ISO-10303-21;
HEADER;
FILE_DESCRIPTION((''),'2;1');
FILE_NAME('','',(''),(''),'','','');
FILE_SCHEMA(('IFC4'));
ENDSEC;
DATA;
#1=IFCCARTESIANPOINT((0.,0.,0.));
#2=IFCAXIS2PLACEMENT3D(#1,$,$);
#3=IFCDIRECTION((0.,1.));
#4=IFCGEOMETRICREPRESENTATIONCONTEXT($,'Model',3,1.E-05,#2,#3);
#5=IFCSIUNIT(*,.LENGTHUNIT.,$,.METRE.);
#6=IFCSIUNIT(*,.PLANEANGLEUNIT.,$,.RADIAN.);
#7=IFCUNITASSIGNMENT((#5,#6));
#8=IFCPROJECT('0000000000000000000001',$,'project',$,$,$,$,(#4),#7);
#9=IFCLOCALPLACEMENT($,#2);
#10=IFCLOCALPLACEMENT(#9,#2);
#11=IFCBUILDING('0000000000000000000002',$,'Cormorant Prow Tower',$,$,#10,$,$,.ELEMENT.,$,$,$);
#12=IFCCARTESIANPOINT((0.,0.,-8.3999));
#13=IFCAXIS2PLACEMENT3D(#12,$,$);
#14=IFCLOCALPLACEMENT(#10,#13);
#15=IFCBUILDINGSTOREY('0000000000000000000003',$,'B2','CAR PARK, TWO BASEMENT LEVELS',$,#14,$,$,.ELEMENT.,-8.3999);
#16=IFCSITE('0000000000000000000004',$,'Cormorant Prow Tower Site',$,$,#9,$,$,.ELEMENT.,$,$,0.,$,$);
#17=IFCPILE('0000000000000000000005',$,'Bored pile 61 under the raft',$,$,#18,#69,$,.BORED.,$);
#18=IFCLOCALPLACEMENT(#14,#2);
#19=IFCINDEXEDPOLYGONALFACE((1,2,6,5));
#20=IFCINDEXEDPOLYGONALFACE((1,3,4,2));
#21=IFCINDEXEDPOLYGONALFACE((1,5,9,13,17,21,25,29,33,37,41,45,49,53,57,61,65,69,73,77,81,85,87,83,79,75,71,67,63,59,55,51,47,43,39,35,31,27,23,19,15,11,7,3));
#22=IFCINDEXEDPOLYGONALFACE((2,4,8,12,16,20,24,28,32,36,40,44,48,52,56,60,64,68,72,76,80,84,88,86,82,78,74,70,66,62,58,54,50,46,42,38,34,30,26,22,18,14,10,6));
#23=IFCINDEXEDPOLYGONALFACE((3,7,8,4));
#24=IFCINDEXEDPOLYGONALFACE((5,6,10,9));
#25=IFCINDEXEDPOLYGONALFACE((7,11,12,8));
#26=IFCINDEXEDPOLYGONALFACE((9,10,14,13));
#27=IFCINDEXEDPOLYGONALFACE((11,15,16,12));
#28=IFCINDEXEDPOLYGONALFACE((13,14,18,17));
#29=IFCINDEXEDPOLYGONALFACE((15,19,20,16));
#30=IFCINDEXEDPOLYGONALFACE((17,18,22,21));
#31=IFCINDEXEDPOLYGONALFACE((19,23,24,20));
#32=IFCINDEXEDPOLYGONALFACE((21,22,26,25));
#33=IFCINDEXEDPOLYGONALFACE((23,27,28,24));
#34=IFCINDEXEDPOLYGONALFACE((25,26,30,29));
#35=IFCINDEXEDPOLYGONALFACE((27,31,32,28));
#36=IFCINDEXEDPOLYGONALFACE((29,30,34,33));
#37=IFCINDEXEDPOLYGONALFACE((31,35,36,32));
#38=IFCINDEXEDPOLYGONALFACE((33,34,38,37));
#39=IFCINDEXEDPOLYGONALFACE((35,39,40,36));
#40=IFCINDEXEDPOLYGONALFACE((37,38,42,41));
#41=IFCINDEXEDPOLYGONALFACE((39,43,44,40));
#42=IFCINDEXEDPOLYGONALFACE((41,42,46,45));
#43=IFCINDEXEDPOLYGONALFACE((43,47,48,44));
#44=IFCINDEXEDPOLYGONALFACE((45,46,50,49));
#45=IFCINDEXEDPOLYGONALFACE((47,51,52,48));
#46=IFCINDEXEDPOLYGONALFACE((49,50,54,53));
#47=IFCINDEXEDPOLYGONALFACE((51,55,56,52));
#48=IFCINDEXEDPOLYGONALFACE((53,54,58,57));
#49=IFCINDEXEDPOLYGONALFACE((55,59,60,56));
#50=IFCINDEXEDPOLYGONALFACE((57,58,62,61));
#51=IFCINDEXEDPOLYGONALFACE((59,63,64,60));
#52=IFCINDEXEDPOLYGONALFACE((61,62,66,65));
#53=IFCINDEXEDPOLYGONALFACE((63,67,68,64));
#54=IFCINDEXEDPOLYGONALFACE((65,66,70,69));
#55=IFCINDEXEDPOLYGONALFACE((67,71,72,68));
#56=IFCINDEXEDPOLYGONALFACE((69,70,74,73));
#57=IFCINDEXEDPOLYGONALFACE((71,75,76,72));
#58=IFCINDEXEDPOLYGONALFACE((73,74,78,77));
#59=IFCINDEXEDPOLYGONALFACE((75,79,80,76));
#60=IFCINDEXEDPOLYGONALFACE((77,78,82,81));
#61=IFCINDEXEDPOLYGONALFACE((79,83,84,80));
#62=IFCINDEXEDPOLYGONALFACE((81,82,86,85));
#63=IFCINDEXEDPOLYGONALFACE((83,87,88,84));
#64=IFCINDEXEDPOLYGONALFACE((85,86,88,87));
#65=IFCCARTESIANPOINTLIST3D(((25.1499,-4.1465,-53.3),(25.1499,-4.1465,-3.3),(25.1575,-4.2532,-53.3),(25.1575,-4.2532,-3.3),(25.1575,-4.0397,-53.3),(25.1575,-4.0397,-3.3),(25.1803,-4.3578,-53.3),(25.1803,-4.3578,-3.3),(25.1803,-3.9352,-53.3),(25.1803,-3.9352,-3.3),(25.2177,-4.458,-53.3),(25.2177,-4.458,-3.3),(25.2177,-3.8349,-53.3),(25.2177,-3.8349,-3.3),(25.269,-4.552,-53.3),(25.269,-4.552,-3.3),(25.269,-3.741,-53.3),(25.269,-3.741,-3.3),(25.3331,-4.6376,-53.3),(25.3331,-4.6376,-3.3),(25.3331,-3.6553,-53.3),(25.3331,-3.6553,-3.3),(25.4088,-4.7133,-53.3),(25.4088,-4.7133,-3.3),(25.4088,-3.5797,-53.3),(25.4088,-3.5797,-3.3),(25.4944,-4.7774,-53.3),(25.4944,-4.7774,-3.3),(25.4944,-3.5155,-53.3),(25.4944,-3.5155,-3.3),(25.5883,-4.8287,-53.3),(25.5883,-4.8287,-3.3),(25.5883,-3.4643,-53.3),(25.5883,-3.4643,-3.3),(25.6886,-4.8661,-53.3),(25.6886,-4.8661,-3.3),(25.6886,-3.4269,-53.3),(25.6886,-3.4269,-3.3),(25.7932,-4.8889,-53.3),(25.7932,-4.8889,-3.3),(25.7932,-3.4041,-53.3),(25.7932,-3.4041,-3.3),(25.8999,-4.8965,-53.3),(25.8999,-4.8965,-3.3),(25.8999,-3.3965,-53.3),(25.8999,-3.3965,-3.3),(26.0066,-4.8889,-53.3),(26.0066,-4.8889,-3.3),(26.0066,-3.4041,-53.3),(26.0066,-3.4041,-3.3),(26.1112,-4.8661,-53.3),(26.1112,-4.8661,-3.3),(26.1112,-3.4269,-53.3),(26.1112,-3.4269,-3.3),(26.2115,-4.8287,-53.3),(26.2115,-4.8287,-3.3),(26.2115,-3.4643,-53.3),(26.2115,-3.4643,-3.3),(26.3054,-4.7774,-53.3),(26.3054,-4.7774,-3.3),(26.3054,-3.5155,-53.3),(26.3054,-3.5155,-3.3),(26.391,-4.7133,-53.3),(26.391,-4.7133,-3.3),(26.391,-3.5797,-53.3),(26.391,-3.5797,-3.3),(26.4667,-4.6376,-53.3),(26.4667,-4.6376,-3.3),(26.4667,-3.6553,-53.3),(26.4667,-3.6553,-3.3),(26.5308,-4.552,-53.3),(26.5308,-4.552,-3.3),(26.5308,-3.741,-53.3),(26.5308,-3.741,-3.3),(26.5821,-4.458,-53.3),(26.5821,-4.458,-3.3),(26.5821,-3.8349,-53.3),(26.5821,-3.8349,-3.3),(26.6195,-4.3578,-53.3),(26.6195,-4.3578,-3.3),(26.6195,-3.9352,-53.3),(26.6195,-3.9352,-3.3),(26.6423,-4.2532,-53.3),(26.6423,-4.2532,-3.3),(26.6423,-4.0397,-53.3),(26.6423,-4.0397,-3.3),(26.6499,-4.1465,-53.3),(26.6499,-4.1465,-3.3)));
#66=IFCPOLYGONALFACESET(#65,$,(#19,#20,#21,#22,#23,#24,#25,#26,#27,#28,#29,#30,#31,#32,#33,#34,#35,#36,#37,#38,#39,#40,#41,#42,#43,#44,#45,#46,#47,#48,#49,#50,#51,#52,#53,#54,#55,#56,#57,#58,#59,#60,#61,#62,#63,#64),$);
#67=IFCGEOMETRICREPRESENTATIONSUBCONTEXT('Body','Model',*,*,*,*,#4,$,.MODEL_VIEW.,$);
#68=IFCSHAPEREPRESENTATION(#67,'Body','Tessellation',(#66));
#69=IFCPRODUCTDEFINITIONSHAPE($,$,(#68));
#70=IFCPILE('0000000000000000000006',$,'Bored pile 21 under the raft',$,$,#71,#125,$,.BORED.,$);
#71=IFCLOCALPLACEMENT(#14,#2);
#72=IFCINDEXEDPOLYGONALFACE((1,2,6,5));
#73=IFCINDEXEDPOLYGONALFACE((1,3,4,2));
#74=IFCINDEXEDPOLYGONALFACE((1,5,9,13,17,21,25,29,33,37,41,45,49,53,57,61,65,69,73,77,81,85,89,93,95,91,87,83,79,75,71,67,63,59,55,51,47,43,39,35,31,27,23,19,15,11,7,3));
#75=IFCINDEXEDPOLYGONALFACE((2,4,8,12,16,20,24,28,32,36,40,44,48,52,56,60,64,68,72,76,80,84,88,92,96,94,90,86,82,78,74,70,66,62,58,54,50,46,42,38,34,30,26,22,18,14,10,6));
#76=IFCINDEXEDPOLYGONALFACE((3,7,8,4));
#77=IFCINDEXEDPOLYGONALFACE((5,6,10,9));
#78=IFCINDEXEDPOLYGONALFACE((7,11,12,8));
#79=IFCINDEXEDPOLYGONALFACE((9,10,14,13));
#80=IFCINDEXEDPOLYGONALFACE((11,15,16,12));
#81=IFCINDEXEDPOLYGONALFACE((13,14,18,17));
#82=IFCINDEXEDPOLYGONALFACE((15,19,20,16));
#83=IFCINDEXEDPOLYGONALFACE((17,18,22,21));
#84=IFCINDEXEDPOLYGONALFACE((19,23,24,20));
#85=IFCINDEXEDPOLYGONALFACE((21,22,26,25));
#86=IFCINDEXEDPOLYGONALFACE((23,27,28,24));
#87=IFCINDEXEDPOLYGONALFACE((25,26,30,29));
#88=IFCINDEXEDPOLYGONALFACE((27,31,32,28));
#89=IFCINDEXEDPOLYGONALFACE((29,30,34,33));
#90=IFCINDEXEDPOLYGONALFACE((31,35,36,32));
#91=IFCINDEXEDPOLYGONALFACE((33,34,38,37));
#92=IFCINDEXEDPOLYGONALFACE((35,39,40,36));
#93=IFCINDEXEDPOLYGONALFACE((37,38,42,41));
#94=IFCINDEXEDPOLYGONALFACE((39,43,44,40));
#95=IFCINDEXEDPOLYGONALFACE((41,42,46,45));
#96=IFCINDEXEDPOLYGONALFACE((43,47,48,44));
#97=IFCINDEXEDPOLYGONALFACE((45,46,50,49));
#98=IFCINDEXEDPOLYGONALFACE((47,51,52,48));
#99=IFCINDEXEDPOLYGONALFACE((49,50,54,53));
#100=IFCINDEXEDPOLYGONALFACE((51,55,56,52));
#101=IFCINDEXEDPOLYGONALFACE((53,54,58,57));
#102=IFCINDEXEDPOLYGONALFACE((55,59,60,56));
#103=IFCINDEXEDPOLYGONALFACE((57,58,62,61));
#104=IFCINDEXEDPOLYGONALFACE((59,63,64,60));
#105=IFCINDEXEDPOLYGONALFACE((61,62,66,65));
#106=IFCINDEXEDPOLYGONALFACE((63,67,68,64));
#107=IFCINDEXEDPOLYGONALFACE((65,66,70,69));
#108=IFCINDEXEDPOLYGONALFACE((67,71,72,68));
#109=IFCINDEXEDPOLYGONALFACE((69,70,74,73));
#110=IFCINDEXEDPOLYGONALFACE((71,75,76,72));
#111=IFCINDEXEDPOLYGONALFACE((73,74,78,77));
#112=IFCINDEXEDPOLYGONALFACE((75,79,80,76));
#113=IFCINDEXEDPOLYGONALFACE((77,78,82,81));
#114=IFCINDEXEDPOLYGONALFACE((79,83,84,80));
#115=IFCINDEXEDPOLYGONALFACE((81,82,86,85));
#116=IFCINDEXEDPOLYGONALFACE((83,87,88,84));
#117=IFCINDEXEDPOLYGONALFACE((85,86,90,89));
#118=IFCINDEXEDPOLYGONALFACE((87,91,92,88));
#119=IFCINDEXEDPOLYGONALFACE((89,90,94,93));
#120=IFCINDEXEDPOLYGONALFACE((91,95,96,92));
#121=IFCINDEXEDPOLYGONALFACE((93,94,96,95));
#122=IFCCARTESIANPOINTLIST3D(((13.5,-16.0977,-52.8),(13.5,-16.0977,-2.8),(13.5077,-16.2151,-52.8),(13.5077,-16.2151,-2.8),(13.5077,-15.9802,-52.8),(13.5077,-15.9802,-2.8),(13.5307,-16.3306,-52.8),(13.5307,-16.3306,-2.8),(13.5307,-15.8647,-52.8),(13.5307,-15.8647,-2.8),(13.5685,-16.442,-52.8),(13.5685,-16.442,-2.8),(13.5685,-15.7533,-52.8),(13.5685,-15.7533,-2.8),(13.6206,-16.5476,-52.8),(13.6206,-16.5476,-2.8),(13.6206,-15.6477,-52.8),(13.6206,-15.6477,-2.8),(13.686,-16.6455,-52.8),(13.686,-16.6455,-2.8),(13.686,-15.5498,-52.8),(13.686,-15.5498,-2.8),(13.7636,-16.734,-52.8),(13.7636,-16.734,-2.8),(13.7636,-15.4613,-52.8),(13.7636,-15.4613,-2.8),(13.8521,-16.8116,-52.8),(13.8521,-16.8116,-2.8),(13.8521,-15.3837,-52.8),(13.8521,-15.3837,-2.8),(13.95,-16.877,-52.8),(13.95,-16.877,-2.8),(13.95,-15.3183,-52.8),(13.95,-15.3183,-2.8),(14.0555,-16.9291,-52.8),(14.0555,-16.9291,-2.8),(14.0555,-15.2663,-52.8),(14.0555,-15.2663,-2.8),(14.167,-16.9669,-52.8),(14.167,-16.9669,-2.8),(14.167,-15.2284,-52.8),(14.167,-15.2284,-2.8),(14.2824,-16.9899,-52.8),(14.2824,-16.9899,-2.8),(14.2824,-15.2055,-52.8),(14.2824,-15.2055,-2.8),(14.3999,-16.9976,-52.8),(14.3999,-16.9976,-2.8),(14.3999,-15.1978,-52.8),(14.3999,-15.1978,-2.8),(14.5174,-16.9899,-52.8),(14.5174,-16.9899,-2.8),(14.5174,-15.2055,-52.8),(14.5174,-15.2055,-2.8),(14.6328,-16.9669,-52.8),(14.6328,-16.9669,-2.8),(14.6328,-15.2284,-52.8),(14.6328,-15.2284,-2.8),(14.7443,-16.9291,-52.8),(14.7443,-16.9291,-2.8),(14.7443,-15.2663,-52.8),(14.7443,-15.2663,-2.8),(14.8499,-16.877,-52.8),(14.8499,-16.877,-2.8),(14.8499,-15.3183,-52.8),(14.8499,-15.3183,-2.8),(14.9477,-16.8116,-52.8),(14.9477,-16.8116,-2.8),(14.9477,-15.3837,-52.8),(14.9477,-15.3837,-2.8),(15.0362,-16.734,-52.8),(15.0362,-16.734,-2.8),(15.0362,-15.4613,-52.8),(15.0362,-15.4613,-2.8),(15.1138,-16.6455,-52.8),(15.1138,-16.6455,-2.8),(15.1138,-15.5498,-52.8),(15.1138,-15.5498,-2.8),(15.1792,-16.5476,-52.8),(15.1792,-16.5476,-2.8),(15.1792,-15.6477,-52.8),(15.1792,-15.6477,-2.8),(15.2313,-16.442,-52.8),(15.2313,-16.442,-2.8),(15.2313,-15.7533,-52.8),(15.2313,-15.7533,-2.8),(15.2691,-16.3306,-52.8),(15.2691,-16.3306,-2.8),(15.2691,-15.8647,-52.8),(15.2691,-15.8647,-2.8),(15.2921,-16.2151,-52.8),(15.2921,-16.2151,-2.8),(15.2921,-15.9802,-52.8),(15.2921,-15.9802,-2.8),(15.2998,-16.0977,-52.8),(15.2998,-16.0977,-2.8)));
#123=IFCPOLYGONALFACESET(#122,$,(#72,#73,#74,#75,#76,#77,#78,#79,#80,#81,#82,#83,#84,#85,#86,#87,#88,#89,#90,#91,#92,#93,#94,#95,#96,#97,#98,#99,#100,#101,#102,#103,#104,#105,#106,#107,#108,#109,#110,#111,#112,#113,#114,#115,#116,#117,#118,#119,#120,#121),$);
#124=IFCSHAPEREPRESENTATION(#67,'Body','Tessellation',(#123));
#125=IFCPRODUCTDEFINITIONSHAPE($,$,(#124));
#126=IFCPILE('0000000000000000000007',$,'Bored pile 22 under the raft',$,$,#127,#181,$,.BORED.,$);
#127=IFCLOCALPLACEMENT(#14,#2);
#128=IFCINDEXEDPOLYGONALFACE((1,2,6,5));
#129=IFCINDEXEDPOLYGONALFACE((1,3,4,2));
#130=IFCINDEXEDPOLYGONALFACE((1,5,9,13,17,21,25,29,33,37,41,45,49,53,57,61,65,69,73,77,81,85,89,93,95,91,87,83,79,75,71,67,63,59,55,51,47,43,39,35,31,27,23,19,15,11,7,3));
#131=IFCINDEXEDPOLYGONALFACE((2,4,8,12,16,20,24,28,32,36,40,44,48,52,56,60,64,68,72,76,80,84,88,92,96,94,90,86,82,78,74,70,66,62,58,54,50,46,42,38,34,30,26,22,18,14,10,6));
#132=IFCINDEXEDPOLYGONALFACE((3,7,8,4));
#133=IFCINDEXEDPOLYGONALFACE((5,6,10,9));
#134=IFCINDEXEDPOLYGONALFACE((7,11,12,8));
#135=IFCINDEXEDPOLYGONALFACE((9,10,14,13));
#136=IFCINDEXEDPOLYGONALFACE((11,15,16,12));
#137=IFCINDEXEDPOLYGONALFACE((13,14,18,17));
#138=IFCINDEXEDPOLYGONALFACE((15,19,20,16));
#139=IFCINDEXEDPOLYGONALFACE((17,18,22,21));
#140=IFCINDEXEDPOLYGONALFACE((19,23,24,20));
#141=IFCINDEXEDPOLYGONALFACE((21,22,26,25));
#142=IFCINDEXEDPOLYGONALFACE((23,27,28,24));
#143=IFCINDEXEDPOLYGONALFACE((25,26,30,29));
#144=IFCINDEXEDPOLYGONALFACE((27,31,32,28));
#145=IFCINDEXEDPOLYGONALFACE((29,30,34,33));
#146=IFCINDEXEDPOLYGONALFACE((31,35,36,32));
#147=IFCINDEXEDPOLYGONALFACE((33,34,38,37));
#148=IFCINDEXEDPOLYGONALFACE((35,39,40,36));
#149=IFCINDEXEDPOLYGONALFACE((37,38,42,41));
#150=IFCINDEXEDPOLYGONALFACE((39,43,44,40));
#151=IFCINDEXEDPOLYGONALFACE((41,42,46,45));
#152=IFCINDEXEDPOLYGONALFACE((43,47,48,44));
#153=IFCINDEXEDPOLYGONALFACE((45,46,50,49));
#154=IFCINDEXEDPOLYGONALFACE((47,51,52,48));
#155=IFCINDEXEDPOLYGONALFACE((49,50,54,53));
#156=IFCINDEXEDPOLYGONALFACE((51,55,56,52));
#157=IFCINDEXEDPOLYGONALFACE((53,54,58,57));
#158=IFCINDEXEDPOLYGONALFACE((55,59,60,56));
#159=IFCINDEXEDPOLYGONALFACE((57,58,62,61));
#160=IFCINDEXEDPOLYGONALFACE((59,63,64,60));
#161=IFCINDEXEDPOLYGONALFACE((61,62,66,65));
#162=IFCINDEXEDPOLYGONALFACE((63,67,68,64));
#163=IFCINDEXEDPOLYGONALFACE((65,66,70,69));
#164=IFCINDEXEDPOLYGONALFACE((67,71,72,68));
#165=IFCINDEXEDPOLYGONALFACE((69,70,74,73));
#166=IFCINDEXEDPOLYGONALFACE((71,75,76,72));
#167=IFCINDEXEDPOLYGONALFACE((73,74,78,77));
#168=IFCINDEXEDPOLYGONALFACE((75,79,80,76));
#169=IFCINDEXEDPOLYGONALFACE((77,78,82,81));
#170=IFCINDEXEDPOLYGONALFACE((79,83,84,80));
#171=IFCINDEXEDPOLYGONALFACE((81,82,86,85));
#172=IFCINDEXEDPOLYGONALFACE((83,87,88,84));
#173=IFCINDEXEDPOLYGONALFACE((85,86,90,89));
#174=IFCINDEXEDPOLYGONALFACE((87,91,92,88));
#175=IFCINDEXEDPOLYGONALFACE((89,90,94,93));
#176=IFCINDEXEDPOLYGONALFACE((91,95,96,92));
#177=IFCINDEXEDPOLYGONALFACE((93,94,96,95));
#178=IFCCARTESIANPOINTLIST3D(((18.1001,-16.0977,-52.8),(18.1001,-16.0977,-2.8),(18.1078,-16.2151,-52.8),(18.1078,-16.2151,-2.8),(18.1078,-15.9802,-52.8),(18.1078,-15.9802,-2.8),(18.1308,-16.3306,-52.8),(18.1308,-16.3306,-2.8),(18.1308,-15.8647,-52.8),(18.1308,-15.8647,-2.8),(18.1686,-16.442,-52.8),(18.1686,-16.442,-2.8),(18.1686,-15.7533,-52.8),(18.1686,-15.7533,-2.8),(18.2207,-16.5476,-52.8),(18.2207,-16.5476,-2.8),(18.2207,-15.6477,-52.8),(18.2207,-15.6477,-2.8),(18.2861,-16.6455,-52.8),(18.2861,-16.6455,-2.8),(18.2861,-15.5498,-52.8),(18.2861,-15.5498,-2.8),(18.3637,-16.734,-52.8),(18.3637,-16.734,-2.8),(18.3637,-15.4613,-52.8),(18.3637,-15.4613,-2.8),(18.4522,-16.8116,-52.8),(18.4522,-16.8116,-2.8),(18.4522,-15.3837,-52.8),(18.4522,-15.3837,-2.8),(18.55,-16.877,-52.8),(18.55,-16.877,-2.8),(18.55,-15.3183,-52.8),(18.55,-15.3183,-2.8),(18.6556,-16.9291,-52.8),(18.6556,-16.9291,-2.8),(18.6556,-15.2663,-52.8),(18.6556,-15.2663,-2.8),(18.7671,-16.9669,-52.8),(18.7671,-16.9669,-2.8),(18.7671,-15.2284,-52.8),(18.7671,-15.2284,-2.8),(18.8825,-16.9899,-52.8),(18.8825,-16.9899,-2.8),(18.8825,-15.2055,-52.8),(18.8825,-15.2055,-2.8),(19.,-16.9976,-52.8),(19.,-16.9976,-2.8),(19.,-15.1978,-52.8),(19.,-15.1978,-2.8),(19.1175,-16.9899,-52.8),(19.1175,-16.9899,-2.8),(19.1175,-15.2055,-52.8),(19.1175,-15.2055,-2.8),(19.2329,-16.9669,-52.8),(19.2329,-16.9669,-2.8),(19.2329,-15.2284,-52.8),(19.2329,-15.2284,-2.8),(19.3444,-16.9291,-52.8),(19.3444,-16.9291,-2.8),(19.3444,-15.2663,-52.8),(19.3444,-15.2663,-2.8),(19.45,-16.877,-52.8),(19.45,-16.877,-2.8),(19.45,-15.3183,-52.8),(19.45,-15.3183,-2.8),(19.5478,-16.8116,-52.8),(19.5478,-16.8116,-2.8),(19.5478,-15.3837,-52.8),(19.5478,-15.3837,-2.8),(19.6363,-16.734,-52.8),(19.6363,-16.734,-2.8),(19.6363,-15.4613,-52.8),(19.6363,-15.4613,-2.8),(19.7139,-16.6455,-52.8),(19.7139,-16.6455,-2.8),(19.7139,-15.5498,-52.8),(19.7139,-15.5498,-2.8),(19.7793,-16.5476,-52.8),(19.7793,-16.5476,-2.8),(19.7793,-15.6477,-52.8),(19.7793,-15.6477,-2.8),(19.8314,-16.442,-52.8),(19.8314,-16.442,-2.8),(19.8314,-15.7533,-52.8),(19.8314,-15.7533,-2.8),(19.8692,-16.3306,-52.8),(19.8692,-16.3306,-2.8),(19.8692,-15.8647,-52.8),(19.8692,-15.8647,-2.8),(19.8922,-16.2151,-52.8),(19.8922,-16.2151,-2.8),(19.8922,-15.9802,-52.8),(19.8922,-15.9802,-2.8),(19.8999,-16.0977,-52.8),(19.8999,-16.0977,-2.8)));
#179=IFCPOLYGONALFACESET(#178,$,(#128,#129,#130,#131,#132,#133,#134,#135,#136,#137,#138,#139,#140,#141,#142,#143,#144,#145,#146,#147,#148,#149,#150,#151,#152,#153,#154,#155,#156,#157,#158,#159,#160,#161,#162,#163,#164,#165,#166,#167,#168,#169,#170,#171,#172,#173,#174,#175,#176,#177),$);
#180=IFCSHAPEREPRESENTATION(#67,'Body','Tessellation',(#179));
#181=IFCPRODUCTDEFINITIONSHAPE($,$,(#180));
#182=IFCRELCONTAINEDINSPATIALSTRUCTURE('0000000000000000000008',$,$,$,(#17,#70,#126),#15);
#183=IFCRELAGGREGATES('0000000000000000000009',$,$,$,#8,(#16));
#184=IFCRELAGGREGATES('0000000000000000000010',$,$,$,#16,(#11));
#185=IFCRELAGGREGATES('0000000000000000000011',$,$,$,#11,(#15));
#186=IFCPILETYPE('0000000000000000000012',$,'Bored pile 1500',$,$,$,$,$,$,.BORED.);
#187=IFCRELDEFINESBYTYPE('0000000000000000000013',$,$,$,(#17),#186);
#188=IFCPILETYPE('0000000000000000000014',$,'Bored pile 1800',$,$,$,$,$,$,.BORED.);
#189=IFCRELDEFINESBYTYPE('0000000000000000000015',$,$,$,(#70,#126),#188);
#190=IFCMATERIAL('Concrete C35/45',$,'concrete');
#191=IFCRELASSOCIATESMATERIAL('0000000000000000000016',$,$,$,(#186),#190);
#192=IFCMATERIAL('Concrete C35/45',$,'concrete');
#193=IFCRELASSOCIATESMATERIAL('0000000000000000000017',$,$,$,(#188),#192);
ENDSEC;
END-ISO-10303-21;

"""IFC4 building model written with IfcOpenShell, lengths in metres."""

from ifc_helpers import new_model, si_unit, direction, frame, origin, origin_2d, place, context, subcontext, project, spatial, circle, extrude, material, material_profile, profile_set, type_object, element, save


model = new_model("IFC4")

# Units and contexts
model_context = context("Model", 3, precision=1e-05, world=origin(), true_north=direction((0.0, 1.0)))
body_context = subcontext(model_context, "Body", "Model", "MODEL_VIEW")
ifc_project = project(units=[si_unit("LENGTHUNIT", "METRE"), si_unit("PLANEANGLEUNIT", "RADIAN")], contexts=[model_context])

# Site, building, storey
site_placement = place(None, origin())
site = spatial("IfcSite", under=ifc_project, at=site_placement, Name="Cormorant Prow Tower Site", CompositionType="ELEMENT", RefElevation=0.0)
building_placement = place(site_placement, origin())
building = spatial("IfcBuilding", under=site, at=building_placement, Name="Cormorant Prow Tower", CompositionType="ELEMENT")
storey_placement = place(building_placement, frame((0.0, 0.0, -8.3999)))
storey = spatial("IfcBuildingStorey", under=building, at=storey_placement, Name="B2", Description="CAR PARK, TWO BASEMENT LEVELS", CompositionType="ELEMENT", Elevation=-8.3999)

# Piles
ifc_material_1 = material(Name="Concrete C35/45", Category="concrete")
ifc_material_profile_1 = material_profile(ifc_material_1, circle(Radius=0.75, at=origin_2d()), Name="Round 1500")
ifc_profile_set_1 = profile_set([ifc_material_profile_1], Name="Concrete C35/45")
pile_type_1 = type_object("IfcPileType", Name="Bored pile 1500", PredefinedType="BORED", material=ifc_profile_set_1)
for number, where, z_axis, x_axis, name in (
    (1, (25.8999, -4.1465, -3.3), (0.0, 0.0, -1.0), (1.0, 0.0, 0.0), "Bored pile 61 under the raft"),
):
    element("IfcPile", number, at=place(storey_placement, frame(where, z_axis=z_axis, x_axis=x_axis)), inside=storey, type_object=pile_type_1, Name=name, PredefinedType="BORED", context=body_context, shape_type="SweptSolid", body=[
        extrude(circle(Radius=0.75, at=origin_2d()), origin(), (0.0, 0.0, 1.0), 50.0),
    ])
ifc_material_2 = material(Name="Concrete C35/45", Category="concrete")
ifc_material_profile_2 = material_profile(ifc_material_2, circle(Radius=0.8999, at=origin_2d()), Name="Round 1800")
ifc_profile_set_2 = profile_set([ifc_material_profile_2], Name="Concrete C35/45")
pile_type_2 = type_object("IfcPileType", Name="Bored pile 1800", PredefinedType="BORED", material=ifc_profile_set_2)
for number, where, z_axis, x_axis, name in (
    (2, (14.3999, -16.0977, -2.8), (0.0, 0.0, -1.0), (1.0, 0.0, 0.0), "Bored pile 21 under the raft"),
    (3, (19.0, -16.0977, -2.8), (0.0, 0.0, -1.0), (1.0, 0.0, 0.0), "Bored pile 22 under the raft"),
):
    element("IfcPile", number, at=place(storey_placement, frame(where, z_axis=z_axis, x_axis=x_axis)), inside=storey, type_object=pile_type_2, Name=name, PredefinedType="BORED", context=body_context, shape_type="SweptSolid", body=[
        extrude(circle(Radius=0.8999, at=origin_2d()), origin(), (0.0, 0.0, 1.0), 50.0),
    ])

save(model, "model.ifc")
